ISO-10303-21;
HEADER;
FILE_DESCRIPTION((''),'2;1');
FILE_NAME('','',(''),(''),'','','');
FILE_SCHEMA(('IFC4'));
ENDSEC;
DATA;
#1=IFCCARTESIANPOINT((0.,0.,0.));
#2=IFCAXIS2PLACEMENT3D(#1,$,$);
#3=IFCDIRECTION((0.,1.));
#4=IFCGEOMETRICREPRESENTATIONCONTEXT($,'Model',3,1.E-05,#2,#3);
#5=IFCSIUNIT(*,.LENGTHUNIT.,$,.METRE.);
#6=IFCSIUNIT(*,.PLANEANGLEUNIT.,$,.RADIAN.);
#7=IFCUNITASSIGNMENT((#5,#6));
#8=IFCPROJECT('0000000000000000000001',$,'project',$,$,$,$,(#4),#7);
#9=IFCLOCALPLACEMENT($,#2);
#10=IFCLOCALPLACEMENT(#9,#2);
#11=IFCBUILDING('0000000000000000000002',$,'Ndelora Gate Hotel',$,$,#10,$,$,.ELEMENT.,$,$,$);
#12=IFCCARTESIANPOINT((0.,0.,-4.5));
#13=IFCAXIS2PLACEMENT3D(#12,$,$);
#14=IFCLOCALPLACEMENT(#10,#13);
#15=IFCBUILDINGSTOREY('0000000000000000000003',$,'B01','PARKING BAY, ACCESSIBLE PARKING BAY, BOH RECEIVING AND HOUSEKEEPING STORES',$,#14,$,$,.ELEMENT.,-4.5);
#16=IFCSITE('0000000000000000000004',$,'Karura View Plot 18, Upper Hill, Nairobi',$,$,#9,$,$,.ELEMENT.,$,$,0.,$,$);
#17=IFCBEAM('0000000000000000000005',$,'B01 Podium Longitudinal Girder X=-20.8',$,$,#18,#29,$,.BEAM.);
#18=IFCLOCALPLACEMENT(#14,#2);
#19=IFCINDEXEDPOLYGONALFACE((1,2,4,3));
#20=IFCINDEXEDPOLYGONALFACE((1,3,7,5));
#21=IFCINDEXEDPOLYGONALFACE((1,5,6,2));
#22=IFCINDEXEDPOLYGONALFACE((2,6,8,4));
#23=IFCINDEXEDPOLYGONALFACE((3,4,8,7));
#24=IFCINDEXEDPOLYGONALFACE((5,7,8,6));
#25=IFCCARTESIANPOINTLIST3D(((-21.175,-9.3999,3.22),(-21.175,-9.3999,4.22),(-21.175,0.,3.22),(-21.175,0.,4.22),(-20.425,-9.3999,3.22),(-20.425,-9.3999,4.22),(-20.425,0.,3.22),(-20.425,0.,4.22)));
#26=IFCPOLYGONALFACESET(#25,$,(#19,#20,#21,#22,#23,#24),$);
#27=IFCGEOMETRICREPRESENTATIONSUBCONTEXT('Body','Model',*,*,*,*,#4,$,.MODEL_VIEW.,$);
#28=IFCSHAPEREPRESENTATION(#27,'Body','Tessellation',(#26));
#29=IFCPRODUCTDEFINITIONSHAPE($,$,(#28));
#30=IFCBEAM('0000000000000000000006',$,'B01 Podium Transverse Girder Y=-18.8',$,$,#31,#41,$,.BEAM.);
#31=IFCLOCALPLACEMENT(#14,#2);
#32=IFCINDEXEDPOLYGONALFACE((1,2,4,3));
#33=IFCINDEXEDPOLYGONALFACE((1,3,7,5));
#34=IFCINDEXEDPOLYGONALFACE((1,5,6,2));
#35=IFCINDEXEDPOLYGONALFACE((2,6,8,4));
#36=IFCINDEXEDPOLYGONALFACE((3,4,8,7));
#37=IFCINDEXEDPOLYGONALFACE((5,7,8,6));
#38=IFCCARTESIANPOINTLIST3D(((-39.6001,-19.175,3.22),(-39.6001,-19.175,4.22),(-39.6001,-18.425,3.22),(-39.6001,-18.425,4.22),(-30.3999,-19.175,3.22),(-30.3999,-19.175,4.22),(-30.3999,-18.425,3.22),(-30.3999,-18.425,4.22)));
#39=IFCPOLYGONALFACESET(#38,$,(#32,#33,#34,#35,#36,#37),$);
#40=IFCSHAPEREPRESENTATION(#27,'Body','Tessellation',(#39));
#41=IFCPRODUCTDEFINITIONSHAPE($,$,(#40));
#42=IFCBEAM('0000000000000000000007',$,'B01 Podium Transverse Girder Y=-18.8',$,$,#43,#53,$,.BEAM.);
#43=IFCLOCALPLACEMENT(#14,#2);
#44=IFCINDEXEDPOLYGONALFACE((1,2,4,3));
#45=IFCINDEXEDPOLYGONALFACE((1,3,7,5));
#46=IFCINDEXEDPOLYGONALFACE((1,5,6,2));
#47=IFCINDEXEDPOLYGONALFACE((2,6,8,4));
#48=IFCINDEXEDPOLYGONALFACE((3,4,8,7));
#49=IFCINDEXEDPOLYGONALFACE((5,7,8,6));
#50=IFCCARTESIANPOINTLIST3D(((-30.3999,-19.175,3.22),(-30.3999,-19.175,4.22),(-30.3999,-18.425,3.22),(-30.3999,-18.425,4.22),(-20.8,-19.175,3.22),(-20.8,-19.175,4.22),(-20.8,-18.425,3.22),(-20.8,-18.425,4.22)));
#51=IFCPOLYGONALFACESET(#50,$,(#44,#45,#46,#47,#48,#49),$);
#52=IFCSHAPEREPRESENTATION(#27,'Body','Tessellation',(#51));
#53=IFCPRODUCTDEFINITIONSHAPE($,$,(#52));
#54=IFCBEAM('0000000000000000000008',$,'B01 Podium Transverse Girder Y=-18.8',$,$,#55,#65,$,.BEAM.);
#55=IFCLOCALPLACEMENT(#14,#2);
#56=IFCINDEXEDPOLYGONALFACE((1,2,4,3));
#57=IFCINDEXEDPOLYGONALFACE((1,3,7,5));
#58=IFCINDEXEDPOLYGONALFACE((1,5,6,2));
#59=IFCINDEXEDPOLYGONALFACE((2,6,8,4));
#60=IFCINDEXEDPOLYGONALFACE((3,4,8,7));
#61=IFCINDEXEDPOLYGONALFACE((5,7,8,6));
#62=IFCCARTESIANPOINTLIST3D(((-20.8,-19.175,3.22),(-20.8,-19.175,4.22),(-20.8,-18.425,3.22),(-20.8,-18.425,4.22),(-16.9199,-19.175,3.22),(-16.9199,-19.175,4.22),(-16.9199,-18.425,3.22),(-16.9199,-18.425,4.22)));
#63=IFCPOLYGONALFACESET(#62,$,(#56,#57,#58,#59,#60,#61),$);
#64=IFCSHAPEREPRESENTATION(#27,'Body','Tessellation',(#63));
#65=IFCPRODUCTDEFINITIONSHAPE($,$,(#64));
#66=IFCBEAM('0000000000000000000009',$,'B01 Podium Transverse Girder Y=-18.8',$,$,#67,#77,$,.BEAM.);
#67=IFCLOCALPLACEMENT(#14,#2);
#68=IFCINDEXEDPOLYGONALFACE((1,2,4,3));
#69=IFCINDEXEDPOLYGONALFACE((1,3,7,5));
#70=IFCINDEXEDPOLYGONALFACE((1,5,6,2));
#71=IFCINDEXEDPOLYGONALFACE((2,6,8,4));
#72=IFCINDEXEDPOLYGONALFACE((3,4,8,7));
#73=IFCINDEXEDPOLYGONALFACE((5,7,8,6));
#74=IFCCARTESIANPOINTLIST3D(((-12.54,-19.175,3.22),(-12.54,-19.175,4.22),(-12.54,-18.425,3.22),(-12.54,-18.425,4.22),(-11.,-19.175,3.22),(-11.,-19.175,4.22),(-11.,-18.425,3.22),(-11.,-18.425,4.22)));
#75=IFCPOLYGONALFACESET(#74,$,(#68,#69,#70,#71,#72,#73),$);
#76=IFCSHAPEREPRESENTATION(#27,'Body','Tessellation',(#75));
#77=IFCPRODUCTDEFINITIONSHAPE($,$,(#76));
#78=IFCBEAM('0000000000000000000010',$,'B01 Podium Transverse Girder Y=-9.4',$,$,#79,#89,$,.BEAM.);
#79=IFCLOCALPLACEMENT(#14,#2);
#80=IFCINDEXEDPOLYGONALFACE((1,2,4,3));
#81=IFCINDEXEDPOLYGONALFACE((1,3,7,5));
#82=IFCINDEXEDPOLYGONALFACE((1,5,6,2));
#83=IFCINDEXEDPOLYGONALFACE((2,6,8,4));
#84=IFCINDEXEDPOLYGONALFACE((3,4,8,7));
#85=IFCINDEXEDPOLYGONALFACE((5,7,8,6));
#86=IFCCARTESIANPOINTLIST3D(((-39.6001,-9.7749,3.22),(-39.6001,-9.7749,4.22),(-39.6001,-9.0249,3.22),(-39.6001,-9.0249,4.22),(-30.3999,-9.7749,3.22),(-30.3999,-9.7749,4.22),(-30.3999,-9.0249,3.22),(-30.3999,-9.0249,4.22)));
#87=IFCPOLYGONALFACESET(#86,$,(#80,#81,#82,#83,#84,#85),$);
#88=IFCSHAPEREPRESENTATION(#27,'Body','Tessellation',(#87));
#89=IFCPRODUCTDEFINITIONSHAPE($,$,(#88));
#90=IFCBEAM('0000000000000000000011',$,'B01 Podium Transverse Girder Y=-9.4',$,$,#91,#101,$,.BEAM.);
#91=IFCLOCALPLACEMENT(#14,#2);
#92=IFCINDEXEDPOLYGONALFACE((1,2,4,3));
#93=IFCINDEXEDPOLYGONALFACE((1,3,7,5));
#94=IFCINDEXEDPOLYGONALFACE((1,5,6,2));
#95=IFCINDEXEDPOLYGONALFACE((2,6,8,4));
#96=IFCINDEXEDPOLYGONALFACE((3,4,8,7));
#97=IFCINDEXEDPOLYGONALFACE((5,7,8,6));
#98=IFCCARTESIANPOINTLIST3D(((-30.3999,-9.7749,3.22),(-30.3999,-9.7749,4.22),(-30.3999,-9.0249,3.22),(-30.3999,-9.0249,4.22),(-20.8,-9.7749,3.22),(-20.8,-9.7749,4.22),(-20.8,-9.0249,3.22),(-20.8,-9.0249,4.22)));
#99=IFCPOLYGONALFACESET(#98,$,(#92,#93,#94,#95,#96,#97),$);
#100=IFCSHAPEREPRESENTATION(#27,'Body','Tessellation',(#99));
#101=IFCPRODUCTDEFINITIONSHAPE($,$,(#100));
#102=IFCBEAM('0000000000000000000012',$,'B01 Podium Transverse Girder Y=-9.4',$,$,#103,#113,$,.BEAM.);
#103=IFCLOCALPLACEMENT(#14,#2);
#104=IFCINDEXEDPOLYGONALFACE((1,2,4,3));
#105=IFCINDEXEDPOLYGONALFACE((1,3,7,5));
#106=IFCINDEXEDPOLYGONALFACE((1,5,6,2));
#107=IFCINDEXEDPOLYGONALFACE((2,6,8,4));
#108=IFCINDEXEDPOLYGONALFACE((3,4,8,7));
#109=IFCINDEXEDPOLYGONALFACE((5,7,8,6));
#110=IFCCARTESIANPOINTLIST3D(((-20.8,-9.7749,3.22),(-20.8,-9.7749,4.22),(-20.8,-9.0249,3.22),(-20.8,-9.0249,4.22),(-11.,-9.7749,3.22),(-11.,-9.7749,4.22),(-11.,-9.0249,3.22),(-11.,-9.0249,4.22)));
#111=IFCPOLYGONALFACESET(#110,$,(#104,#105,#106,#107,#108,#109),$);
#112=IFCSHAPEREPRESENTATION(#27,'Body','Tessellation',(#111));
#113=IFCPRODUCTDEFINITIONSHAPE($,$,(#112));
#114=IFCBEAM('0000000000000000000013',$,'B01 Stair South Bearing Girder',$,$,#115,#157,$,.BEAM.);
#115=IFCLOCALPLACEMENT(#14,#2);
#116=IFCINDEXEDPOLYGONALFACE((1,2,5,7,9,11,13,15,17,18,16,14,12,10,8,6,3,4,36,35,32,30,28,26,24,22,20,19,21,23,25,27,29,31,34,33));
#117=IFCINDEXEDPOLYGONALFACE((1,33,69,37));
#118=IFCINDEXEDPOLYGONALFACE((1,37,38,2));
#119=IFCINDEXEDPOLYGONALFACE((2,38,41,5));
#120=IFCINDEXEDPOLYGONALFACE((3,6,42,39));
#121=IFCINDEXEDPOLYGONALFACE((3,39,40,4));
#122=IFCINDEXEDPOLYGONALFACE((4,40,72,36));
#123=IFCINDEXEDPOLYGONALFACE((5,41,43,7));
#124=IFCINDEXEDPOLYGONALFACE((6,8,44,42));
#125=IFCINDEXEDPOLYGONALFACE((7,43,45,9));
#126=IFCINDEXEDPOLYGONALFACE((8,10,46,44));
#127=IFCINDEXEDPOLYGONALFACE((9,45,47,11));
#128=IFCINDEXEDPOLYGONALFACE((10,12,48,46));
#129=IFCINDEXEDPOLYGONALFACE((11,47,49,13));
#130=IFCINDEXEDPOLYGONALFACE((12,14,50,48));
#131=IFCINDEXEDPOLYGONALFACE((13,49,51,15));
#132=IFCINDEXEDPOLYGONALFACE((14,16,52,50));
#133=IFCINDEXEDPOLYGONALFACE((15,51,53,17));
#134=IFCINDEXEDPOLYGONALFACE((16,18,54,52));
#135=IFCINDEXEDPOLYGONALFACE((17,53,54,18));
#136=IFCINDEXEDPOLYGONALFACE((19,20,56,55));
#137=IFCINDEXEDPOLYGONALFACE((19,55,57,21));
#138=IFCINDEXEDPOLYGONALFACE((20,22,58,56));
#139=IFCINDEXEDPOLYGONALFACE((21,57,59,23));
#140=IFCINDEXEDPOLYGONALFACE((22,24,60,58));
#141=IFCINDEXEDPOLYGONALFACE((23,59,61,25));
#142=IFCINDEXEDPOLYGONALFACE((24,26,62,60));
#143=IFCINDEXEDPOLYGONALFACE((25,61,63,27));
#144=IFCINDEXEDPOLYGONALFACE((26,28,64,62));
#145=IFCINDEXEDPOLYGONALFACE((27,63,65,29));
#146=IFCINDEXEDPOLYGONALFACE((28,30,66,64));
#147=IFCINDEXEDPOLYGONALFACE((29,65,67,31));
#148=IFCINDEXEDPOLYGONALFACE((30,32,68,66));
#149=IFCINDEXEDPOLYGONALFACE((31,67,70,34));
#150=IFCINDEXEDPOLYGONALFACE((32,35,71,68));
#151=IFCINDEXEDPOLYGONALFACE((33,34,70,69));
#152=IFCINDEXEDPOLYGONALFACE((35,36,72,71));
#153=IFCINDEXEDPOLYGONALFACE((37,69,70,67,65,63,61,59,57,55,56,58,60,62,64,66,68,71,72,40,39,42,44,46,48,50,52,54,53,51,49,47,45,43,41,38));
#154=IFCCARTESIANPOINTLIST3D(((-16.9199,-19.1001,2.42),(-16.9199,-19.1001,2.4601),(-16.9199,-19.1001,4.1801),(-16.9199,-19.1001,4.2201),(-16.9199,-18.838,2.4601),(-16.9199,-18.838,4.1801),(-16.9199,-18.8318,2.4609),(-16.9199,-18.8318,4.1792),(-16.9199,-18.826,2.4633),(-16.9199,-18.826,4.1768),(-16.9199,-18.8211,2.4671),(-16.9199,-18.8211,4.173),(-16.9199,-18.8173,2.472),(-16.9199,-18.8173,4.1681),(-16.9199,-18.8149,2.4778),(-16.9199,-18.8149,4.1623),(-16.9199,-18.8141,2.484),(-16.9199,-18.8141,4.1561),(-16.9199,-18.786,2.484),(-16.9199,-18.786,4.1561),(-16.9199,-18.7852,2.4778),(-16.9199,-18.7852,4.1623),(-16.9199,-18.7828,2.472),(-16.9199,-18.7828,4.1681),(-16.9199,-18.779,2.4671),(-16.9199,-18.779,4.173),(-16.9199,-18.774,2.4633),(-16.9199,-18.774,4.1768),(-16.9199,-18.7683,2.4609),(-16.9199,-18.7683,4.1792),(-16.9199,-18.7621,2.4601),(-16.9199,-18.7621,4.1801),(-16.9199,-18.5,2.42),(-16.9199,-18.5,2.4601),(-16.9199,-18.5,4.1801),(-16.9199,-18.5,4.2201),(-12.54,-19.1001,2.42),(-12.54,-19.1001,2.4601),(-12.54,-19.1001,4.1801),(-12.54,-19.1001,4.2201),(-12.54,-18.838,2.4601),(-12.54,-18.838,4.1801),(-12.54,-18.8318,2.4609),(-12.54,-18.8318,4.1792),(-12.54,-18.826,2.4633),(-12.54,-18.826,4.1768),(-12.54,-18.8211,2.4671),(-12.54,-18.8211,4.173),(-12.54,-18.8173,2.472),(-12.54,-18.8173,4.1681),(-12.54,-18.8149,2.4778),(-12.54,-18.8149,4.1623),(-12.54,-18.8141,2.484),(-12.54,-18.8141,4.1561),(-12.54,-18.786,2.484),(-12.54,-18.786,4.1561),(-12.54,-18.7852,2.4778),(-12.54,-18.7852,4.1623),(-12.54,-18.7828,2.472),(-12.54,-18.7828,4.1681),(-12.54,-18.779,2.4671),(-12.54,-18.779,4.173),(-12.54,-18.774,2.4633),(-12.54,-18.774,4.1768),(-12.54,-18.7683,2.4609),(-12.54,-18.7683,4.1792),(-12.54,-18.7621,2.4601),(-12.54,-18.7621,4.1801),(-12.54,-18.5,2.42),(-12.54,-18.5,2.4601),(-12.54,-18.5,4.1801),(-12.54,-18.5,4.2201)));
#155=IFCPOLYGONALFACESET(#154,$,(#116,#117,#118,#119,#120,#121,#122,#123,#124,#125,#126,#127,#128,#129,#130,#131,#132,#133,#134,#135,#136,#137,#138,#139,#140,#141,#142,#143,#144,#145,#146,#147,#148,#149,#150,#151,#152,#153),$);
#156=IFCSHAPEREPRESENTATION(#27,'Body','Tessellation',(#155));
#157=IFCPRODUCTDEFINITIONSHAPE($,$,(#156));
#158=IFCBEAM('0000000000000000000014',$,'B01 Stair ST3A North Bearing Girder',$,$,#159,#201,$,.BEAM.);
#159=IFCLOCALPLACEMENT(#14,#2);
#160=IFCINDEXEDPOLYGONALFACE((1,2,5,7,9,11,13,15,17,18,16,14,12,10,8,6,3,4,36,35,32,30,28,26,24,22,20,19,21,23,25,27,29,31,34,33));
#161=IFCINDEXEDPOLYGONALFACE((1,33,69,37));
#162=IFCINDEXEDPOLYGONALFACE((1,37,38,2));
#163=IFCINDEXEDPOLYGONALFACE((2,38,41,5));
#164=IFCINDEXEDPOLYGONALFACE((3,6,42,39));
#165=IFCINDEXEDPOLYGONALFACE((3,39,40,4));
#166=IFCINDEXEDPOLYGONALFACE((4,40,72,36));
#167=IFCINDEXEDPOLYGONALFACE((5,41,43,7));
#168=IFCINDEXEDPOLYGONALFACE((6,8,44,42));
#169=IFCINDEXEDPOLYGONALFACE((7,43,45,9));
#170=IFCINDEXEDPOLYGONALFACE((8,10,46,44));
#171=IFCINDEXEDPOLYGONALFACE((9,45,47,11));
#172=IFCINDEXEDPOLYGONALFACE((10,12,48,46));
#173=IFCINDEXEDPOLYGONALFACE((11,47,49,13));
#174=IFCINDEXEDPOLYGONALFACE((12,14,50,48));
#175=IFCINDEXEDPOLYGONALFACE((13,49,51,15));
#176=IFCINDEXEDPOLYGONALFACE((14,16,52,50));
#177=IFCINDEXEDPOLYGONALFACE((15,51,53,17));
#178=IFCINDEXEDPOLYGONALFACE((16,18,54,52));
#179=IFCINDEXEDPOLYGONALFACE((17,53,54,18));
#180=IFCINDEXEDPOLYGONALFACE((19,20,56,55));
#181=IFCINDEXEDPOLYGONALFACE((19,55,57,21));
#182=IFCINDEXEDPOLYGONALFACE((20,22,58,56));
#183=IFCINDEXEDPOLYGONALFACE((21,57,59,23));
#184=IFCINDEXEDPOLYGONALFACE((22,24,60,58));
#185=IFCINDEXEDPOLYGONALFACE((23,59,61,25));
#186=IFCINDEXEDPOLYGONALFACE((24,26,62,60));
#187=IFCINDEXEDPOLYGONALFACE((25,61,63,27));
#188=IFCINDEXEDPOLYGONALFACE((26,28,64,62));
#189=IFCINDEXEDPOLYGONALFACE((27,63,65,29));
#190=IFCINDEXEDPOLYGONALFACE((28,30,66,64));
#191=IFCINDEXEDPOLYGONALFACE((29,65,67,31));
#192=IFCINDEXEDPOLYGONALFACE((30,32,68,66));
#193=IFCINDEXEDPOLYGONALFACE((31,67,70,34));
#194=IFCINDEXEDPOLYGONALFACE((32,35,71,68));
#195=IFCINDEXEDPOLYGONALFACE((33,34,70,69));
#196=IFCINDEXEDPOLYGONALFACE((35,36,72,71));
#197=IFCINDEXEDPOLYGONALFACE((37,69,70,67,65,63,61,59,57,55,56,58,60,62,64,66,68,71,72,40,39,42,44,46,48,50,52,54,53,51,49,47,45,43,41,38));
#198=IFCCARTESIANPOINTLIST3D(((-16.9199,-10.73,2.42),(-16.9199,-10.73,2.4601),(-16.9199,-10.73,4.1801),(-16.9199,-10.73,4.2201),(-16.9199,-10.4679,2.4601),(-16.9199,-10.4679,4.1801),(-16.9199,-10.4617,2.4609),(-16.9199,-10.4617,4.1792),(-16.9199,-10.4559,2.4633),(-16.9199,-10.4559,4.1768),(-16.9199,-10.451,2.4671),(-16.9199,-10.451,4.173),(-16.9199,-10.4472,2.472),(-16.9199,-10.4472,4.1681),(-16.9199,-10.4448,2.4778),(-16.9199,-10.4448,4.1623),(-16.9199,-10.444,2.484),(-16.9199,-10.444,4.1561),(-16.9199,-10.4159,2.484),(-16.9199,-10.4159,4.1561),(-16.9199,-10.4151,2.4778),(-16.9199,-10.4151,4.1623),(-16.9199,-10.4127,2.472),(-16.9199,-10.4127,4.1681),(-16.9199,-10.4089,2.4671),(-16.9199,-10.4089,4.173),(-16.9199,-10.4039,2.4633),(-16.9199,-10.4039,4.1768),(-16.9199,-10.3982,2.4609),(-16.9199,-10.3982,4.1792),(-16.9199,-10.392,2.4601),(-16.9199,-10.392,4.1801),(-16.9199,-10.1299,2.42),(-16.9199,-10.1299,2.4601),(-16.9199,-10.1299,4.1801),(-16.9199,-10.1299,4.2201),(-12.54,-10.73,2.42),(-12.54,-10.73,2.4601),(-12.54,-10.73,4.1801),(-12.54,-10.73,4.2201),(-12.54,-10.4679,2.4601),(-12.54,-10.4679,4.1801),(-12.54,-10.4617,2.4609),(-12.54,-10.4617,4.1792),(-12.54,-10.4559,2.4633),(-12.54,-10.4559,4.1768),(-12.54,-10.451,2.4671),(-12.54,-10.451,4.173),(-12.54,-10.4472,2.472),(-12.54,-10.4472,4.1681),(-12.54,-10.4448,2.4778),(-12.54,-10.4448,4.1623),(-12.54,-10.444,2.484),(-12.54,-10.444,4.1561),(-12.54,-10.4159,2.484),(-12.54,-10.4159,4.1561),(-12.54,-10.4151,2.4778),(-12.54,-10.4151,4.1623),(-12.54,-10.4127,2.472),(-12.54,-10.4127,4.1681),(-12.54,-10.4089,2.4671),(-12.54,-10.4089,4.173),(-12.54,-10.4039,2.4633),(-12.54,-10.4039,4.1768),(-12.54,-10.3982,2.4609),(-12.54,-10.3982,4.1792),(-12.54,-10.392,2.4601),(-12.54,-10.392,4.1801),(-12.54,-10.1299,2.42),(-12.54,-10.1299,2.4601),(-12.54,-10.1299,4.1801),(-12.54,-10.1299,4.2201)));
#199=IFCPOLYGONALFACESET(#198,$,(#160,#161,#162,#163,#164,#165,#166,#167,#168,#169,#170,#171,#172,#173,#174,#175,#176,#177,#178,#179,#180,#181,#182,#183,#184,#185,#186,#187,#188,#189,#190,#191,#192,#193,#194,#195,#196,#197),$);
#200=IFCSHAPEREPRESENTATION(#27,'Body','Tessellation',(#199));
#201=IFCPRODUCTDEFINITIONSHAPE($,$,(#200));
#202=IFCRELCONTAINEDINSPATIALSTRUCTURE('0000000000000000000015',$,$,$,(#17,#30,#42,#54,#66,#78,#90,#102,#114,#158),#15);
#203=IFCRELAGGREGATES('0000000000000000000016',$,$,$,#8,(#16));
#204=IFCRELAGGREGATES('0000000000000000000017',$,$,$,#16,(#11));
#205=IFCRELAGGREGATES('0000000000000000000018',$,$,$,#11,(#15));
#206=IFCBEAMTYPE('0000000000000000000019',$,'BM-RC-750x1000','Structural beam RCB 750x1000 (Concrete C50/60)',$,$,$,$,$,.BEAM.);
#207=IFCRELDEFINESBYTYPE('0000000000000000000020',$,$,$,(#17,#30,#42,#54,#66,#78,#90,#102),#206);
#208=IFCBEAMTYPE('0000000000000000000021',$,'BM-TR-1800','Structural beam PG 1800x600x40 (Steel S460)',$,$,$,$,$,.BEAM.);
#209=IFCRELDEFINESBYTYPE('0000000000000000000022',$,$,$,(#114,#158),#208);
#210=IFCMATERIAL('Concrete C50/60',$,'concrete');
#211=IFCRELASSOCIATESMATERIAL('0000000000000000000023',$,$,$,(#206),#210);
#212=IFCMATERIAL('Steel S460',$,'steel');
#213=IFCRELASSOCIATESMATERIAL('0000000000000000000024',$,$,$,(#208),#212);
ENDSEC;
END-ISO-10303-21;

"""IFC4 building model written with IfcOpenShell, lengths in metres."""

from ifc_helpers import new_model, si_unit, direction, frame, origin, origin_2d, place, context, subcontext, project, spatial, rectangle, i_section, extrude, material, material_profile, profile_set, type_object, element, save


model = new_model("IFC4")

# Units and contexts
model_context = context("Model", 3, precision=1e-05, world=origin(), true_north=direction((0.0, 1.0)))
body_context = subcontext(model_context, "Body", "Model", "MODEL_VIEW")
ifc_project = project(units=[si_unit("LENGTHUNIT", "METRE"), si_unit("PLANEANGLEUNIT", "RADIAN")], contexts=[model_context])

# Site, building, storey
site_placement = place(None, origin())
site = spatial("IfcSite", under=ifc_project, at=site_placement, Name="Karura View Plot 18, Upper Hill, Nairobi", CompositionType="ELEMENT", RefElevation=0.0)
building_placement = place(site_placement, origin())
building = spatial("IfcBuilding", under=site, at=building_placement, Name="Ndelora Gate Hotel", CompositionType="ELEMENT")
storey_placement = place(building_placement, frame((0.0, 0.0, -4.5)))
storey = spatial("IfcBuildingStorey", under=building, at=storey_placement, Name="B01", Description="PARKING BAY, ACCESSIBLE PARKING BAY, BOH RECEIVING AND HOUSEKEEPING STORES", CompositionType="ELEMENT", Elevation=-4.5)

# Shared definitions
ifc_material_1 = material(Name="Concrete C50/60", Category="concrete")

# Beams
ifc_material_profile_1 = material_profile(ifc_material_1, rectangle(XDim=0.75, YDim=1.0, at=origin_2d()), Name="RCB 750x1000")
ifc_profile_set_1 = profile_set([ifc_material_profile_1], Name="Concrete C50/60")
beam_type_1 = type_object("IfcBeamType", Name="BM-RC-750x1000", Description="Structural beam RCB 750x1000 (Concrete C50/60)", PredefinedType="BEAM", material=ifc_profile_set_1)
beam_1_placement = place(storey_placement, frame((-20.8, -9.3999, 3.72), z_axis=(0.0, 1.0, 0.0), x_axis=(-1.0, 0.0, 0.0)))
element("IfcBeam", 1, at=beam_1_placement, inside=storey, type_object=beam_type_1, Name="B01 Podium Longitudinal Girder X=-20.8", PredefinedType="BEAM", context=body_context, shape_type="SweptSolid", body=[
    extrude(rectangle(XDim=0.75, YDim=1.0, at=origin_2d()), origin(), (0.0, 0.0, 1.0), 9.3999),
])
beam_2_placement = place(storey_placement, frame((-39.6001, -18.8, 3.72), z_axis=(1.0, 0.0, 0.0), x_axis=(0.0, 1.0, 0.0)))
element("IfcBeam", 2, at=beam_2_placement, inside=storey, type_object=beam_type_1, Name="B01 Podium Transverse Girder Y=-18.8", PredefinedType="BEAM", context=body_context, shape_type="SweptSolid", body=[
    extrude(rectangle(XDim=0.75, YDim=1.0, at=origin_2d()), origin(), (0.0, 0.0, 1.0), 9.2002),
])
beam_3_placement = place(storey_placement, frame((-30.3999, -18.8, 3.72), z_axis=(1.0, 0.0, 0.0), x_axis=(0.0, 1.0, 0.0)))
element("IfcBeam", 3, at=beam_3_placement, inside=storey, type_object=beam_type_1, Name="B01 Podium Transverse Girder Y=-18.8", PredefinedType="BEAM", context=body_context, shape_type="SweptSolid", body=[
    extrude(rectangle(XDim=0.75, YDim=1.0, at=origin_2d()), origin(), (0.0, 0.0, 1.0), 9.5999),
])
beam_4_placement = place(storey_placement, frame((-20.8, -18.8, 3.72), z_axis=(1.0, 0.0, 0.0), x_axis=(0.0, 1.0, 0.0)))
element("IfcBeam", 4, at=beam_4_placement, inside=storey, type_object=beam_type_1, Name="B01 Podium Transverse Girder Y=-18.8", PredefinedType="BEAM", context=body_context, shape_type="SweptSolid", body=[
    extrude(rectangle(XDim=0.75, YDim=1.0, at=origin_2d()), origin(), (0.0, 0.0, 1.0), 3.8801),
])
beam_5_placement = place(storey_placement, frame((-12.54, -18.8, 3.72), z_axis=(1.0, 0.0, 0.0), x_axis=(0.0, 1.0, 0.0)))
element("IfcBeam", 5, at=beam_5_placement, inside=storey, type_object=beam_type_1, Name="B01 Podium Transverse Girder Y=-18.8", PredefinedType="BEAM", context=body_context, shape_type="SweptSolid", body=[
    extrude(rectangle(XDim=0.75, YDim=1.0, at=origin_2d()), origin(), (0.0, 0.0, 1.0), 1.54),
])
beam_6_placement = place(storey_placement, frame((-39.6001, -9.3999, 3.72), z_axis=(1.0, 0.0, 0.0), x_axis=(0.0, 1.0, 0.0)))
element("IfcBeam", 6, at=beam_6_placement, inside=storey, type_object=beam_type_1, Name="B01 Podium Transverse Girder Y=-9.4", PredefinedType="BEAM", context=body_context, shape_type="SweptSolid", body=[
    extrude(rectangle(XDim=0.75, YDim=1.0, at=origin_2d()), origin(), (0.0, 0.0, 1.0), 9.2002),
])
beam_7_placement = place(storey_placement, frame((-30.3999, -9.3999, 3.72), z_axis=(1.0, 0.0, 0.0), x_axis=(0.0, 1.0, 0.0)))
element("IfcBeam", 7, at=beam_7_placement, inside=storey, type_object=beam_type_1, Name="B01 Podium Transverse Girder Y=-9.4", PredefinedType="BEAM", context=body_context, shape_type="SweptSolid", body=[
    extrude(rectangle(XDim=0.75, YDim=1.0, at=origin_2d()), origin(), (0.0, 0.0, 1.0), 9.5999),
])
beam_8_placement = place(storey_placement, frame((-20.8, -9.3999, 3.72), z_axis=(1.0, 0.0, 0.0), x_axis=(0.0, 1.0, 0.0)))
element("IfcBeam", 8, at=beam_8_placement, inside=storey, type_object=beam_type_1, Name="B01 Podium Transverse Girder Y=-9.4", PredefinedType="BEAM", context=body_context, shape_type="SweptSolid", body=[
    extrude(rectangle(XDim=0.75, YDim=1.0, at=origin_2d()), origin(), (0.0, 0.0, 1.0), 9.8),
])
ifc_material_2 = material(Name="Steel S460", Category="steel")
ifc_material_profile_2 = material_profile(ifc_material_2, i_section(OverallWidth=0.6001, OverallDepth=1.8, WebThickness=0.0281, FlangeThickness=0.04, FilletRadius=0.0239, at=origin_2d()), Name="PG 1800x600x40")
ifc_profile_set_2 = profile_set([ifc_material_profile_2], Name="Steel S460")
beam_type_2 = type_object("IfcBeamType", Name="BM-TR-1800", Description="Structural beam PG 1800x600x40 (Steel S460)", PredefinedType="BEAM", material=ifc_profile_set_2)
for number, where, z_axis, x_axis, name in (
    (9, (-16.9199, -18.8, 3.3201), (1.0, 0.0, 0.0), (0.0, 1.0, 0.0), "B01 Stair South Bearing Girder"),
    (10, (-16.9199, -10.4299, 3.3201), (1.0, 0.0, 0.0), (0.0, 1.0, 0.0), "B01 Stair ST3A North Bearing Girder"),
):
    element("IfcBeam", number, at=place(storey_placement, frame(where, z_axis=z_axis, x_axis=x_axis)), inside=storey, type_object=beam_type_2, Name=name, PredefinedType="BEAM", context=body_context, shape_type="SweptSolid", body=[
        extrude(i_section(OverallWidth=0.6001, OverallDepth=1.8, WebThickness=0.0281, FlangeThickness=0.04, FilletRadius=0.0239, at=origin_2d()), origin(), (0.0, 0.0, 1.0), 4.3799),
    ])

save(model, "model.ifc")
